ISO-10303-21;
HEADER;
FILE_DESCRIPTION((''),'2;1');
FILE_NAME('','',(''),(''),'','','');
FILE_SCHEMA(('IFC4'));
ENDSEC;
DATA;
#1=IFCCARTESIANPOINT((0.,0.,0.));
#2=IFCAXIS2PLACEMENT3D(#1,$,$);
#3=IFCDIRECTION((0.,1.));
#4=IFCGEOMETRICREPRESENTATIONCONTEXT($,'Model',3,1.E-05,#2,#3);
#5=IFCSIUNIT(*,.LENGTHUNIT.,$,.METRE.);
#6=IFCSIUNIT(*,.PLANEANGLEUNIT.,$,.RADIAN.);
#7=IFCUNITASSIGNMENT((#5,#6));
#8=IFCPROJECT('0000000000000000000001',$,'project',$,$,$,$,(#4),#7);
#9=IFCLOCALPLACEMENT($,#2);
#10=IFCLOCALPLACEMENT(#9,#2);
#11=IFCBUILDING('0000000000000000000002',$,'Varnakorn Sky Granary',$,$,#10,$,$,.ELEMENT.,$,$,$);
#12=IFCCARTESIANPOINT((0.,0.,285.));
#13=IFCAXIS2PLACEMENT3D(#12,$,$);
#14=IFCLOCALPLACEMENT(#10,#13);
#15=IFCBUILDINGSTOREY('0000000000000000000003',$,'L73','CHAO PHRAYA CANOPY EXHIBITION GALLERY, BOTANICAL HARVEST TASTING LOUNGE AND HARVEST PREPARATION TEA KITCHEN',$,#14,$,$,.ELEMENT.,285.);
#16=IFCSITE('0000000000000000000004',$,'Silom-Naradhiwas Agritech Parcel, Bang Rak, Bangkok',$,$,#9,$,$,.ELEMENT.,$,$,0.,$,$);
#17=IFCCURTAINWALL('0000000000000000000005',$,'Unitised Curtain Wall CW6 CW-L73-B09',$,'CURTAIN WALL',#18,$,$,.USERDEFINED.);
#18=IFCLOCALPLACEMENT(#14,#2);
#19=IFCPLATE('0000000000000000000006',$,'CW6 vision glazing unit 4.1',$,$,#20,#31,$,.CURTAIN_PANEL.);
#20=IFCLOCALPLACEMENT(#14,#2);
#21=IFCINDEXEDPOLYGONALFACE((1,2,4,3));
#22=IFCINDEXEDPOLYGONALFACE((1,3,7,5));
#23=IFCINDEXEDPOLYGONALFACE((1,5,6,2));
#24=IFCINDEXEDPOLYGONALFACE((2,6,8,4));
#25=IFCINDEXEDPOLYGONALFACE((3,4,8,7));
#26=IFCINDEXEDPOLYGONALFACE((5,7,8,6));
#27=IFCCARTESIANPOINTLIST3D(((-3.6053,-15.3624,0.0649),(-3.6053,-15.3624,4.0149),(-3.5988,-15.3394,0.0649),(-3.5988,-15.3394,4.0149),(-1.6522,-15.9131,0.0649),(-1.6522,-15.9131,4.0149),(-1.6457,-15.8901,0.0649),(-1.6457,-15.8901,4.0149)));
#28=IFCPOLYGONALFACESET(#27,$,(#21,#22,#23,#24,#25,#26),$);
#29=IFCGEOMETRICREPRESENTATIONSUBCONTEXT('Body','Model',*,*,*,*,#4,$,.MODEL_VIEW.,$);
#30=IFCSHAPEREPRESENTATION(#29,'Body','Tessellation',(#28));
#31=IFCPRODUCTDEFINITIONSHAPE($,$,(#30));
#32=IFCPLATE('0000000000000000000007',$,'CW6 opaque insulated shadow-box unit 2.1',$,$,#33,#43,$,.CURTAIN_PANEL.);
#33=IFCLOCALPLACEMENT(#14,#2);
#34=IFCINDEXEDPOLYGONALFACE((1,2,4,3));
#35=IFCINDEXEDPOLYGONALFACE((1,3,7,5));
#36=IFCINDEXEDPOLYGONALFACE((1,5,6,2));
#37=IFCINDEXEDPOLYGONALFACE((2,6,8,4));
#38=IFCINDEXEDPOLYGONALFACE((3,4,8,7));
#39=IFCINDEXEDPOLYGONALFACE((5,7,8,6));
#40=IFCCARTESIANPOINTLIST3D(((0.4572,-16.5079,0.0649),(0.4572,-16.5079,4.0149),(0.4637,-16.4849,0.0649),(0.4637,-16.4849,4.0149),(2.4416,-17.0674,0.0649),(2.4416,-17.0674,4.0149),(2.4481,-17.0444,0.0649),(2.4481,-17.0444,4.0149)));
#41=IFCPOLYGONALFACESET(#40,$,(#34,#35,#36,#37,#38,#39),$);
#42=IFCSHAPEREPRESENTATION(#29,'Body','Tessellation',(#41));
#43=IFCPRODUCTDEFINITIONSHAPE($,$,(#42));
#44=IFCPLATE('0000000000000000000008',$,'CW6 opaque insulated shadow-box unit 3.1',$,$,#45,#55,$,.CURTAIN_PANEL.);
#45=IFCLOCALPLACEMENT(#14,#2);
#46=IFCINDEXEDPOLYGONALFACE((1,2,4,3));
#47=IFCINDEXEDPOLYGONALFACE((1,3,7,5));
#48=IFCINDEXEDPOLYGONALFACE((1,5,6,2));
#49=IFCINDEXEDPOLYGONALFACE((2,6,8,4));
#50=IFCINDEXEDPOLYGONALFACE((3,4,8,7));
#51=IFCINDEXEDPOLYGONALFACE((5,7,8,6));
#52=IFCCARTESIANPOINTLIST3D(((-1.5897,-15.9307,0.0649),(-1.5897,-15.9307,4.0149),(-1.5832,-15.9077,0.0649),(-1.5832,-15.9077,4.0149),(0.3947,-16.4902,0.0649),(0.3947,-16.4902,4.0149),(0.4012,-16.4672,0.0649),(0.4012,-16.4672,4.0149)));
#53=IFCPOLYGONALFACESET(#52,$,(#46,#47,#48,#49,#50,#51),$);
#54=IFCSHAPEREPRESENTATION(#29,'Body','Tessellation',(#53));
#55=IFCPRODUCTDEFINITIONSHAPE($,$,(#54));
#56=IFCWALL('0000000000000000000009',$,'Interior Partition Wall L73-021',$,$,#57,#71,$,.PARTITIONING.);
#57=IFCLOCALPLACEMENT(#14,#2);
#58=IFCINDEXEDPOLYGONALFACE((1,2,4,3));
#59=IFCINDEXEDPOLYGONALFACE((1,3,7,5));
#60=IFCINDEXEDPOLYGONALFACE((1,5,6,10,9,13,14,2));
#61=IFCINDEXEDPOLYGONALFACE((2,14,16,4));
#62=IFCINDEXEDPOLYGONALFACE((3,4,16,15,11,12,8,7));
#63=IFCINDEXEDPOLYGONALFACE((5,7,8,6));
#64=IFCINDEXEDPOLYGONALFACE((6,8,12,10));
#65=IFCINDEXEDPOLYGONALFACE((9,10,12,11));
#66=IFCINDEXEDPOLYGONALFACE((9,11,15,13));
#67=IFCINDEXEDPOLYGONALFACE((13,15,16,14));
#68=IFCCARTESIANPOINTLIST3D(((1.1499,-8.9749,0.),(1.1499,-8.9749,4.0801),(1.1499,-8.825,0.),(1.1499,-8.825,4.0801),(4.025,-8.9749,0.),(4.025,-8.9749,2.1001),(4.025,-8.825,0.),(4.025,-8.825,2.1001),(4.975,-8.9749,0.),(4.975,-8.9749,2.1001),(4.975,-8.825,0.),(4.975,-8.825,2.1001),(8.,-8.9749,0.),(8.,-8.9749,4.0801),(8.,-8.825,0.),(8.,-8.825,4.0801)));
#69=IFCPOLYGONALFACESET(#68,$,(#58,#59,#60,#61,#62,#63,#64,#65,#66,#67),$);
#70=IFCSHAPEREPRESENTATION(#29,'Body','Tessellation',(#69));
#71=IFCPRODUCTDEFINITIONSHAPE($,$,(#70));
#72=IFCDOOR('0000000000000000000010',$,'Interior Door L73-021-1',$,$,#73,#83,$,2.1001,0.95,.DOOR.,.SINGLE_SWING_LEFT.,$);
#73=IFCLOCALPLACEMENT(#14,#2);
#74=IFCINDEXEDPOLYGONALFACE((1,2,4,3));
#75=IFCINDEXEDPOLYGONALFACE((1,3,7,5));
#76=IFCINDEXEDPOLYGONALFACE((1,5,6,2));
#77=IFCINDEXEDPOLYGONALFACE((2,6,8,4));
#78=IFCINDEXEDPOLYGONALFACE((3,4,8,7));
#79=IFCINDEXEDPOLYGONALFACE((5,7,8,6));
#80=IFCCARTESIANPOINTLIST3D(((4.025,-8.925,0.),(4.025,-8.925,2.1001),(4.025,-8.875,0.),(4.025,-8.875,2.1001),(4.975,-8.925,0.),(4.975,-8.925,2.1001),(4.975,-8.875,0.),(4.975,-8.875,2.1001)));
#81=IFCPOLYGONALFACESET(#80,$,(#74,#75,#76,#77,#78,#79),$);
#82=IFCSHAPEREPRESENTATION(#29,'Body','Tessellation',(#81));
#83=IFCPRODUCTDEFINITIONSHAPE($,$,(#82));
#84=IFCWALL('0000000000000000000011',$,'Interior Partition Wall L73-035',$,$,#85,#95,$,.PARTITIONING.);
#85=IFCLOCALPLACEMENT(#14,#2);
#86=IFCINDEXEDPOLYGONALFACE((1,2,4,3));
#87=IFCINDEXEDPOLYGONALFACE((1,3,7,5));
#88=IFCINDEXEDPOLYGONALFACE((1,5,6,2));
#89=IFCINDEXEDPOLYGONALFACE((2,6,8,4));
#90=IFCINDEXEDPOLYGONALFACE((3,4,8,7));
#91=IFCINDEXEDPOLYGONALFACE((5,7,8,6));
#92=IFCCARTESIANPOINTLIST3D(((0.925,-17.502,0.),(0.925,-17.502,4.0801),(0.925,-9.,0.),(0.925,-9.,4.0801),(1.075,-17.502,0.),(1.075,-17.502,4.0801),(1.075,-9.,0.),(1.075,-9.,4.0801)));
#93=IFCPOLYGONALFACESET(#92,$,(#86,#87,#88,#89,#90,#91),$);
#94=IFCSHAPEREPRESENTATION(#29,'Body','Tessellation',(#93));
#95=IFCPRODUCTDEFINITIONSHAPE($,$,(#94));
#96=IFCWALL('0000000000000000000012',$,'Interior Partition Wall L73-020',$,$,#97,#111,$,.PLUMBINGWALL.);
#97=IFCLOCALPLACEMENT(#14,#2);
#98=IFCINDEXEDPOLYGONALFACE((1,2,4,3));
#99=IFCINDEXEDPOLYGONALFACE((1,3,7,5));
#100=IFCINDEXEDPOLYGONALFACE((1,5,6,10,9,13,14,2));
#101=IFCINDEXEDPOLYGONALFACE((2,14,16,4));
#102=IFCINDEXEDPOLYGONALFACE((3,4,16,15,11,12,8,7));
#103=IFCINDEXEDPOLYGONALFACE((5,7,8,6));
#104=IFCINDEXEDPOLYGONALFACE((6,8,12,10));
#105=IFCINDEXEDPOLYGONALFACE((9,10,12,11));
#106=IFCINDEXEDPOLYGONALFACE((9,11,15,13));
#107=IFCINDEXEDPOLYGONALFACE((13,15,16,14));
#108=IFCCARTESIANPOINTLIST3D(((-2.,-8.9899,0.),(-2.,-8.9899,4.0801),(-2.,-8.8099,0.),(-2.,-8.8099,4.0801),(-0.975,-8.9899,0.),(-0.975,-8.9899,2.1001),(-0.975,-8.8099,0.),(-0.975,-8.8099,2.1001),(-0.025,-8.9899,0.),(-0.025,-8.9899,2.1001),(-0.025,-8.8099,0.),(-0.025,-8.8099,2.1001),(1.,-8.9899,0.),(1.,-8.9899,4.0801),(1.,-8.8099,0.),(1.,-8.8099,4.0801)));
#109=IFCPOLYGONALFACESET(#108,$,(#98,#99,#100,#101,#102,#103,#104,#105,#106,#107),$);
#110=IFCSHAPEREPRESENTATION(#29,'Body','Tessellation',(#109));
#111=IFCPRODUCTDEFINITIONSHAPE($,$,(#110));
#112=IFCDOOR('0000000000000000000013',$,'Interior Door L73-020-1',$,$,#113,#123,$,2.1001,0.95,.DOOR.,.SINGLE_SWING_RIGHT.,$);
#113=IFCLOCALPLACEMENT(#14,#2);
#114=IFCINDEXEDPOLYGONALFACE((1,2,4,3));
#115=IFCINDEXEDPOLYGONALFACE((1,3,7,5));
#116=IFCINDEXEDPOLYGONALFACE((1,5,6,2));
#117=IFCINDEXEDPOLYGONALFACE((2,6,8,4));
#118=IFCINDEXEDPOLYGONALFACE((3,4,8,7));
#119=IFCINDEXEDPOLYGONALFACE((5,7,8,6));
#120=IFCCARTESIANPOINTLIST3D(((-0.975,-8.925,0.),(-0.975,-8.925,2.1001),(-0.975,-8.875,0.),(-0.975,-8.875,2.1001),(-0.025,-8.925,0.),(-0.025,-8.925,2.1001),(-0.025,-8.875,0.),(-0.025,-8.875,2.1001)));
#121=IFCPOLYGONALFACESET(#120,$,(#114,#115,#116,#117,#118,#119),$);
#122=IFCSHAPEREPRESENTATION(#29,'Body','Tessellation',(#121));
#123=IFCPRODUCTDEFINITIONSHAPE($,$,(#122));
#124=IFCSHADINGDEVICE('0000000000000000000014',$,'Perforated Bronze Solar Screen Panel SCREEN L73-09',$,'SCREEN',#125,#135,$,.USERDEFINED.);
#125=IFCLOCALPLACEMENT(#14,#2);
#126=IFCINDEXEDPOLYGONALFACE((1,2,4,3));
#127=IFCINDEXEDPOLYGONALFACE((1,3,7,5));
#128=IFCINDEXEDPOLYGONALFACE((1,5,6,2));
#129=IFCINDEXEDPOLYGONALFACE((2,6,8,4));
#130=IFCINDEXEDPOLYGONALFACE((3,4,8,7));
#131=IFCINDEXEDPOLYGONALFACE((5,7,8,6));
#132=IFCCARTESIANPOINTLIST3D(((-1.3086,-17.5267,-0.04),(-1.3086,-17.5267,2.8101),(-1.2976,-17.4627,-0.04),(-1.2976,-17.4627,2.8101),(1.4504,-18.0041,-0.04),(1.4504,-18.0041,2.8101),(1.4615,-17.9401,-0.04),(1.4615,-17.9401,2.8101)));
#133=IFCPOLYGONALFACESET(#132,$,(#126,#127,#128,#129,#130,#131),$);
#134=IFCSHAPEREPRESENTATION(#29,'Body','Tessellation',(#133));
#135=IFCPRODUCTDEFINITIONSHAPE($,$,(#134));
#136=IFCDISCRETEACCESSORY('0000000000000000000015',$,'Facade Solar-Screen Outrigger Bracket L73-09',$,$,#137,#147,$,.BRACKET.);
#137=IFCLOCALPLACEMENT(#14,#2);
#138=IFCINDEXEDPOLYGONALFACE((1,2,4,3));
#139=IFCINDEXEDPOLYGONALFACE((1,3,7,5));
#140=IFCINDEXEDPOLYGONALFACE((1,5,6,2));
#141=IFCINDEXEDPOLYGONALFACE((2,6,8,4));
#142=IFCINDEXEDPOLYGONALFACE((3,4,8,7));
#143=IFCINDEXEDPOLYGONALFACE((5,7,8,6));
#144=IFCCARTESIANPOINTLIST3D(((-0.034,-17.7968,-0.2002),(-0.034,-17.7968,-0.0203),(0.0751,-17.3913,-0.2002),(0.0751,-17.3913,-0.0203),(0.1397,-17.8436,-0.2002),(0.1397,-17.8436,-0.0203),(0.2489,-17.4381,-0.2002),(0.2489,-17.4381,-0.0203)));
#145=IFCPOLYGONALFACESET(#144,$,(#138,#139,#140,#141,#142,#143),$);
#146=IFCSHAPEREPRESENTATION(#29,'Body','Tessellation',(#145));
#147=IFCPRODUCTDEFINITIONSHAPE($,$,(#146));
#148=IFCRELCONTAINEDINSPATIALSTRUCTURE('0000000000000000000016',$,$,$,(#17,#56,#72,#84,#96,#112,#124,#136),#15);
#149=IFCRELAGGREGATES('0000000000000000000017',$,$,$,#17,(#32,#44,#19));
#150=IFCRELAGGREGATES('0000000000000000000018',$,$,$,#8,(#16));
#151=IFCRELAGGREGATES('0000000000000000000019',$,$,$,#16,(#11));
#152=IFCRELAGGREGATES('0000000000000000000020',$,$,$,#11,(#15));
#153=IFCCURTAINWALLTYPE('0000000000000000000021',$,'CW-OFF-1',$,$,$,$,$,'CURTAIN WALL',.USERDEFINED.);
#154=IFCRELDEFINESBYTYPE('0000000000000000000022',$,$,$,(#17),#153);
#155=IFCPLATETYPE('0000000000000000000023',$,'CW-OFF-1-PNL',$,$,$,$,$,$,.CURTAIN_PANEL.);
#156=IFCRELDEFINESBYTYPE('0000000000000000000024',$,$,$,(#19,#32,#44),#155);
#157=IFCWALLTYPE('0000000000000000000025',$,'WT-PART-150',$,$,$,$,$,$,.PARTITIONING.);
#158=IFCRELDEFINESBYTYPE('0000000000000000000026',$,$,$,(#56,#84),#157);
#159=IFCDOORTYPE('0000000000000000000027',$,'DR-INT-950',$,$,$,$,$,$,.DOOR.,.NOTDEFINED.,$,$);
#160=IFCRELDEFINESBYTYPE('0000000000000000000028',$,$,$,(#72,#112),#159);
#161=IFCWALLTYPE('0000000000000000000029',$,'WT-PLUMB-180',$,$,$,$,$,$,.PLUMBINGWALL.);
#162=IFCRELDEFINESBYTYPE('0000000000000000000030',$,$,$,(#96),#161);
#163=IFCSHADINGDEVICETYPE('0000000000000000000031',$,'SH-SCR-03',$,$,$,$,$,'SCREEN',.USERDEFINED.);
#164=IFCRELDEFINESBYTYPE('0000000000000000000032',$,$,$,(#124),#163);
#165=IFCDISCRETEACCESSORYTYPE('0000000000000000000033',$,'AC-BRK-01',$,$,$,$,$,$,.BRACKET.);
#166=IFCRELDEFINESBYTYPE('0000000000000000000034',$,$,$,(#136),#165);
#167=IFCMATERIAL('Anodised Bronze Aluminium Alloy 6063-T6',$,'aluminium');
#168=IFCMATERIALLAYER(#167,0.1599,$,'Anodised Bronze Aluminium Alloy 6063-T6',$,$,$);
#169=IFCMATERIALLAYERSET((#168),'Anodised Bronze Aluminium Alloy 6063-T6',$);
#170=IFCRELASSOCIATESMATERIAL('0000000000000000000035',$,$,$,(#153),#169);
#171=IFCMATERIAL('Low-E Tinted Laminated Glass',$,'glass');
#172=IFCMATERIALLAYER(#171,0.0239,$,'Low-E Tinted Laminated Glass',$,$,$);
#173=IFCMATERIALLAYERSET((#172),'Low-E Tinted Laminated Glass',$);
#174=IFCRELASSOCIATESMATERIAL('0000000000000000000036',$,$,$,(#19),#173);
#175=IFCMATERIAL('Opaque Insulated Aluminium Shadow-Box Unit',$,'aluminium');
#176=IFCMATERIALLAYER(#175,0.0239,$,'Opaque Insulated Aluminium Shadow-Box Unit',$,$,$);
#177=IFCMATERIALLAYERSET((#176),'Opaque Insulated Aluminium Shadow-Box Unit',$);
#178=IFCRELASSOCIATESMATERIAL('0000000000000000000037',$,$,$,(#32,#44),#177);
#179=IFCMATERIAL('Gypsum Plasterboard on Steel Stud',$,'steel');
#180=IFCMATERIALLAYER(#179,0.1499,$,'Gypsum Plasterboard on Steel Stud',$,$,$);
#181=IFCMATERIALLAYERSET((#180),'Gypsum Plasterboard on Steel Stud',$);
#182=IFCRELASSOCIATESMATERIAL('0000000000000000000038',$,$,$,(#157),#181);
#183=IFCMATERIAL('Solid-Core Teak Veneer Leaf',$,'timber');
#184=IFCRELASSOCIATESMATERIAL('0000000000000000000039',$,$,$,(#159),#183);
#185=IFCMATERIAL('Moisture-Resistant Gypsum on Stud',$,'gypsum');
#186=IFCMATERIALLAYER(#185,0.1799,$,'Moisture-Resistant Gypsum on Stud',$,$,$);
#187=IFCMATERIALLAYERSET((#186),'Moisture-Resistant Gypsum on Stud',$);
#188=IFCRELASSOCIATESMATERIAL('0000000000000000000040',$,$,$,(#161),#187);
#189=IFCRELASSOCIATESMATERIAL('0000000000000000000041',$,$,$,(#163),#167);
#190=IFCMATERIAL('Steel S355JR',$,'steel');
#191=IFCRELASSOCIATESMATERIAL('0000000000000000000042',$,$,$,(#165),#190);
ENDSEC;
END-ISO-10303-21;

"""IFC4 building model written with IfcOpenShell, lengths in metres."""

from ifc_helpers import new_model, si_unit, direction, frame, frame_2d, origin, origin_2d, place, context, subcontext, project, spatial, rectangle, extrude, source, transform, mapped, material, layer, layer_set, type_object, type_shapes, element, fill, aggregate, save


model = new_model("IFC4")

# Units and contexts
model_context = context("Model", 3, precision=1e-05, world=origin(), true_north=direction((0.0, 1.0)))
body_context = subcontext(model_context, "Body", "Model", "MODEL_VIEW")
ifc_project = project(units=[si_unit("LENGTHUNIT", "METRE"), si_unit("PLANEANGLEUNIT", "RADIAN")], contexts=[model_context])

# Site, building, storey
site_placement = place(None, origin())
site = spatial("IfcSite", under=ifc_project, at=site_placement, Name="Silom-Naradhiwas Agritech Parcel, Bang Rak, Bangkok", CompositionType="ELEMENT", RefElevation=0.0)
building_placement = place(site_placement, origin())
building = spatial("IfcBuilding", under=site, at=building_placement, Name="Varnakorn Sky Granary", CompositionType="ELEMENT")
storey_placement = place(building_placement, frame((0.0, 0.0, 285.0)))
storey = spatial("IfcBuildingStorey", under=building, at=storey_placement, Name="L73", Description="CHAO PHRAYA CANOPY EXHIBITION GALLERY, BOTANICAL HARVEST TASTING LOUNGE AND HARVEST PREPARATION TEA KITCHEN", CompositionType="ELEMENT", Elevation=285.0)

# Shared definitions
ifc_material_1 = material(Name="Steel S355JR", Category="steel")

# Shared definitions
ifc_material_2 = material(Name="Anodised Bronze Aluminium Alloy 6063-T6", Category="aluminium")
ifc_layer_1 = layer(ifc_material_2, 0.1599, Name="Anodised Bronze Aluminium Alloy 6063-T6")
ifc_layer_set_1 = layer_set([ifc_layer_1], Name="Anodised Bronze Aluminium Alloy 6063-T6")
curtain_wall_type = type_object("IfcCurtainWallType", Name="CW-OFF-1", ElementType="CURTAIN WALL", PredefinedType="USERDEFINED", material=ifc_layer_set_1)

# Curtain wall
curtain_wall_1_placement = place(storey_placement, origin())
curtain_wall_1 = element("IfcCurtainWall", 1, at=curtain_wall_1_placement, inside=storey, type_object=curtain_wall_type, Name="Unitised Curtain Wall CW6 CW-L73-B09", ObjectType="CURTAIN WALL", PredefinedType="USERDEFINED")

# Plates
ifc_material_3 = material(Name="Low-E Tinted Laminated Glass", Category="glass")
ifc_layer_2 = layer(ifc_material_3, 0.0239, Name="Low-E Tinted Laminated Glass")
ifc_layer_set_2 = layer_set([ifc_layer_2], Name="Low-E Tinted Laminated Glass")
plate_type = type_object("IfcPlateType", Name="CW-OFF-1-PNL", PredefinedType="CURTAIN_PANEL")
shared_shape_1 = source(origin(), body_context, "Body", "SweptSolid", [
    extrude(rectangle(XDim=2.0293, YDim=0.0239, at=origin_2d()), origin(), (0.0, 0.0, 1.0), 3.95),
])
plate_1_placement = place(storey_placement, frame((-2.6255, -15.6262, 0.0649), z_axis=(0.0, 0.0, 1.0), x_axis=(-0.962474, 0.271372, 0.0)))
plate_1 = element("IfcPlate", 2, at=plate_1_placement, type_object=plate_type, material=ifc_layer_set_2, Name="CW6 vision glazing unit 4.1", PredefinedType="CURTAIN_PANEL", context=body_context, shape_type="MappedRepresentation", body=[
    mapped(shared_shape_1, transform((0.0, 0.0, 0.0), x_axis=(1.0, 0.0, 0.0), y_axis=(0.0, 1.0, 0.0), z_axis=(0.0, 0.0, 1.0), scale=1.0)),
])
ifc_material_4 = material(Name="Opaque Insulated Aluminium Shadow-Box Unit", Category="aluminium")
ifc_layer_3 = layer(ifc_material_4, 0.0239, Name="Opaque Insulated Aluminium Shadow-Box Unit")
ifc_layer_set_3 = layer_set([ifc_layer_3], Name="Opaque Insulated Aluminium Shadow-Box Unit")
shared_shape_2 = source(origin(), body_context, "Body", "SweptSolid", [
    extrude(rectangle(XDim=2.0618, YDim=0.0239, at=origin_2d()), origin(), (0.0, 0.0, 1.0), 3.95),
])
type_shapes(plate_type, [shared_shape_1, shared_shape_2])
plate_2_placement = place(storey_placement, frame((1.4526, -16.7761, 0.0649), z_axis=(0.0, 0.0, 1.0), x_axis=(-0.962474, 0.271372, 0.0)))
plate_2 = element("IfcPlate", 3, at=plate_2_placement, type_object=plate_type, material=ifc_layer_set_3, Name="CW6 opaque insulated shadow-box unit 2.1", PredefinedType="CURTAIN_PANEL", context=body_context, shape_type="MappedRepresentation", body=[
    mapped(shared_shape_2, transform((0.0, 0.0, 0.0), x_axis=(1.0, 0.0, 0.0), y_axis=(0.0, 1.0, 0.0), z_axis=(0.0, 0.0, 1.0), scale=1.0)),
])
plate_3_placement = place(storey_placement, frame((-0.5942, -16.199, 0.0649), z_axis=(0.0, 0.0, 1.0), x_axis=(-0.962474, 0.271372, 0.0)))
plate_3 = element("IfcPlate", 4, at=plate_3_placement, type_object=plate_type, material=ifc_layer_set_3, Name="CW6 opaque insulated shadow-box unit 3.1", PredefinedType="CURTAIN_PANEL", context=body_context, shape_type="MappedRepresentation", body=[
    mapped(shared_shape_2, transform((0.0, 0.0, 0.0), x_axis=(1.0, 0.0, 0.0), y_axis=(0.0, 1.0, 0.0), z_axis=(0.0, 0.0, 1.0), scale=1.0)),
])
aggregate(curtain_wall_1, [plate_2, plate_3, plate_1])

# Wall, opening, door
ifc_material_5 = material(Name="Gypsum Plasterboard on Steel Stud", Category="steel")
ifc_layer_4 = layer(ifc_material_5, 0.1499, Name="Gypsum Plasterboard on Steel Stud")
ifc_layer_set_4 = layer_set([ifc_layer_4], Name="Gypsum Plasterboard on Steel Stud")
wall_type_1 = type_object("IfcWallType", Name="WT-PART-150", PredefinedType="PARTITIONING", material=ifc_layer_set_4)
wall_1_placement = place(storey_placement, frame((1.1499, -8.8999, 0.0), z_axis=(0.0, 0.0, 1.0), x_axis=(1.0, 0.0, 0.0)))
wall_1 = element("IfcWall", 5, at=wall_1_placement, inside=storey, type_object=wall_type_1, Name="Interior Partition Wall L73-021", PredefinedType="PARTITIONING", context=body_context, shape_type="SweptSolid", body=[
    extrude(rectangle(XDim=6.8501, YDim=0.1499, at=frame_2d((3.425, 0.0))), origin(), (0.0, 0.0, 1.0), 4.0801),
])
opening_1_placement = place(wall_1_placement, frame((2.875, 0.0, 0.0)))
opening_1 = element("IfcOpeningElement", 6, at=opening_1_placement, cuts=wall_1, PredefinedType="OPENING", context=body_context, shape_type="SweptSolid", body=[
    extrude(rectangle(XDim=0.95, YDim=2.1001, at=frame_2d((0.4751, 1.05))), frame((0.0, 0.085, 0.0), z_axis=(0.0, -1.0, 0.0), x_axis=(1.0, 0.0, 0.0)), (0.0, 0.0, 1.0), 0.1699),
])
ifc_material_6 = material(Name="Solid-Core Teak Veneer Leaf", Category="timber")
door_type = type_object("IfcDoorType", Name="DR-INT-950", OperationType="NOTDEFINED", PredefinedType="DOOR", material=ifc_material_6)
door_1_placement = place(opening_1_placement, origin())
door_1 = element("IfcDoor", 7, at=door_1_placement, inside=storey, type_object=door_type, Name="Interior Door L73-021-1", OperationType="SINGLE_SWING_LEFT", OverallHeight=2.1001, OverallWidth=0.95, PredefinedType="DOOR", context=body_context, shape_type="SweptSolid", body=[
    extrude(rectangle(XDim=0.95, YDim=2.1001, at=frame_2d((0.4751, 1.05))), frame((0.0, 0.0249, 0.0), z_axis=(0.0, -1.0, 0.0), x_axis=(1.0, 0.0, 0.0)), (0.0, 0.0, 1.0), 0.05),
])
fill(opening_1, door_1)

# Wall
wall_2_placement = place(storey_placement, frame((1.0, -9.0, 0.0), z_axis=(0.0, 0.0, 1.0), x_axis=(0.0, -1.0, 0.0)))
element("IfcWall", 8, at=wall_2_placement, inside=storey, type_object=wall_type_1, Name="Interior Partition Wall L73-035", PredefinedType="PARTITIONING", context=body_context, shape_type="SweptSolid", body=[
    extrude(rectangle(XDim=8.502, YDim=0.1499, at=frame_2d((4.251, 0.0))), origin(), (0.0, 0.0, 1.0), 4.0801),
])

# Wall, opening, door
ifc_material_7 = material(Name="Moisture-Resistant Gypsum on Stud", Category="gypsum")
ifc_layer_5 = layer(ifc_material_7, 0.1799, Name="Moisture-Resistant Gypsum on Stud")
ifc_layer_set_5 = layer_set([ifc_layer_5], Name="Moisture-Resistant Gypsum on Stud")
wall_type_2 = type_object("IfcWallType", Name="WT-PLUMB-180", PredefinedType="PLUMBINGWALL", material=ifc_layer_set_5)
wall_3_placement = place(storey_placement, frame((-2.0, -8.8999, 0.0), z_axis=(0.0, 0.0, 1.0), x_axis=(1.0, 0.0, 0.0)))
wall_3 = element("IfcWall", 9, at=wall_3_placement, inside=storey, type_object=wall_type_2, Name="Interior Partition Wall L73-020", PredefinedType="PLUMBINGWALL", context=body_context, shape_type="SweptSolid", body=[
    extrude(rectangle(XDim=3.0, YDim=0.1799, at=frame_2d((1.5, 0.0))), origin(), (0.0, 0.0, 1.0), 4.0801),
])
opening_2_placement = place(wall_3_placement, frame((1.0249, 0.0, 0.0)))
opening_2 = element("IfcOpeningElement", 10, at=opening_2_placement, cuts=wall_3, PredefinedType="OPENING", context=body_context, shape_type="SweptSolid", body=[
    extrude(rectangle(XDim=0.95, YDim=2.1001, at=frame_2d((0.4751, 1.05))), frame((0.0, 0.1001, 0.0), z_axis=(0.0, -1.0, 0.0), x_axis=(1.0, 0.0, 0.0)), (0.0, 0.0, 1.0), 0.2),
])
door_2_placement = place(opening_2_placement, origin())
door_2 = element("IfcDoor", 11, at=door_2_placement, inside=storey, type_object=door_type, Name="Interior Door L73-020-1", OperationType="SINGLE_SWING_RIGHT", OverallHeight=2.1001, OverallWidth=0.95, PredefinedType="DOOR", context=body_context, shape_type="SweptSolid", body=[
    extrude(rectangle(XDim=0.95, YDim=2.1001, at=frame_2d((0.4751, 1.05))), frame((0.0, 0.0249, 0.0), z_axis=(0.0, -1.0, 0.0), x_axis=(1.0, 0.0, 0.0)), (0.0, 0.0, 1.0), 0.05),
])
fill(opening_2, door_2)

# Shading device
shading_device_type = type_object("IfcShadingDeviceType", Name="SH-SCR-03", ElementType="SCREEN", PredefinedType="USERDEFINED", material=ifc_material_2)
shared_shape_3 = source(origin(), body_context, "Body", "SweptSolid", [
    extrude(rectangle(XDim=2.8, YDim=0.0649, at=origin_2d()), origin(), (0.0, 0.0, 1.0), 2.8501),
])
type_shapes(shading_device_type, [shared_shape_3])
shading_device_placement = place(storey_placement, frame((0.0764, -17.7334, -0.04), z_axis=(0.0, 0.0, 1.0), x_axis=(0.985359, -0.170492, 0.0)))
element("IfcShadingDevice", 12, at=shading_device_placement, inside=storey, type_object=shading_device_type, Name="Perforated Bronze Solar Screen Panel SCREEN L73-09", ObjectType="SCREEN", PredefinedType="USERDEFINED", context=body_context, shape_type="MappedRepresentation", body=[
    mapped(shared_shape_3, transform((0.0, 0.0, 0.0), x_axis=(1.0, 0.0, 0.0), y_axis=(0.0, 1.0, 0.0), z_axis=(0.0, 0.0, 1.0), scale=1.0)),
])

# Discrete accessory
discrete_accessory_type = type_object("IfcDiscreteAccessoryType", Name="AC-BRK-01", PredefinedType="BRACKET", material=ifc_material_1)
shared_shape_4 = source(origin(), body_context, "Body", "SweptSolid", [
    extrude(rectangle(XDim=0.1799, YDim=0.4199, at=origin_2d()), origin(), (0.0, 0.0, 1.0), 0.1799),
])
type_shapes(discrete_accessory_type, [shared_shape_4])
discrete_accessory_placement = place(storey_placement, frame((0.1074, -17.6174, -0.2002), z_axis=(0.0, 0.0, 1.0), x_axis=(0.965625, -0.259939, 0.0)))
element("IfcDiscreteAccessory", 13, at=discrete_accessory_placement, inside=storey, type_object=discrete_accessory_type, Name="Facade Solar-Screen Outrigger Bracket L73-09", PredefinedType="BRACKET", context=body_context, shape_type="MappedRepresentation", body=[
    mapped(shared_shape_4, transform((0.0, 0.0, 0.0), x_axis=(1.0, 0.0, 0.0), y_axis=(0.0, 1.0, 0.0), z_axis=(0.0, 0.0, 1.0), scale=1.0)),
])

save(model, "model.ifc")
